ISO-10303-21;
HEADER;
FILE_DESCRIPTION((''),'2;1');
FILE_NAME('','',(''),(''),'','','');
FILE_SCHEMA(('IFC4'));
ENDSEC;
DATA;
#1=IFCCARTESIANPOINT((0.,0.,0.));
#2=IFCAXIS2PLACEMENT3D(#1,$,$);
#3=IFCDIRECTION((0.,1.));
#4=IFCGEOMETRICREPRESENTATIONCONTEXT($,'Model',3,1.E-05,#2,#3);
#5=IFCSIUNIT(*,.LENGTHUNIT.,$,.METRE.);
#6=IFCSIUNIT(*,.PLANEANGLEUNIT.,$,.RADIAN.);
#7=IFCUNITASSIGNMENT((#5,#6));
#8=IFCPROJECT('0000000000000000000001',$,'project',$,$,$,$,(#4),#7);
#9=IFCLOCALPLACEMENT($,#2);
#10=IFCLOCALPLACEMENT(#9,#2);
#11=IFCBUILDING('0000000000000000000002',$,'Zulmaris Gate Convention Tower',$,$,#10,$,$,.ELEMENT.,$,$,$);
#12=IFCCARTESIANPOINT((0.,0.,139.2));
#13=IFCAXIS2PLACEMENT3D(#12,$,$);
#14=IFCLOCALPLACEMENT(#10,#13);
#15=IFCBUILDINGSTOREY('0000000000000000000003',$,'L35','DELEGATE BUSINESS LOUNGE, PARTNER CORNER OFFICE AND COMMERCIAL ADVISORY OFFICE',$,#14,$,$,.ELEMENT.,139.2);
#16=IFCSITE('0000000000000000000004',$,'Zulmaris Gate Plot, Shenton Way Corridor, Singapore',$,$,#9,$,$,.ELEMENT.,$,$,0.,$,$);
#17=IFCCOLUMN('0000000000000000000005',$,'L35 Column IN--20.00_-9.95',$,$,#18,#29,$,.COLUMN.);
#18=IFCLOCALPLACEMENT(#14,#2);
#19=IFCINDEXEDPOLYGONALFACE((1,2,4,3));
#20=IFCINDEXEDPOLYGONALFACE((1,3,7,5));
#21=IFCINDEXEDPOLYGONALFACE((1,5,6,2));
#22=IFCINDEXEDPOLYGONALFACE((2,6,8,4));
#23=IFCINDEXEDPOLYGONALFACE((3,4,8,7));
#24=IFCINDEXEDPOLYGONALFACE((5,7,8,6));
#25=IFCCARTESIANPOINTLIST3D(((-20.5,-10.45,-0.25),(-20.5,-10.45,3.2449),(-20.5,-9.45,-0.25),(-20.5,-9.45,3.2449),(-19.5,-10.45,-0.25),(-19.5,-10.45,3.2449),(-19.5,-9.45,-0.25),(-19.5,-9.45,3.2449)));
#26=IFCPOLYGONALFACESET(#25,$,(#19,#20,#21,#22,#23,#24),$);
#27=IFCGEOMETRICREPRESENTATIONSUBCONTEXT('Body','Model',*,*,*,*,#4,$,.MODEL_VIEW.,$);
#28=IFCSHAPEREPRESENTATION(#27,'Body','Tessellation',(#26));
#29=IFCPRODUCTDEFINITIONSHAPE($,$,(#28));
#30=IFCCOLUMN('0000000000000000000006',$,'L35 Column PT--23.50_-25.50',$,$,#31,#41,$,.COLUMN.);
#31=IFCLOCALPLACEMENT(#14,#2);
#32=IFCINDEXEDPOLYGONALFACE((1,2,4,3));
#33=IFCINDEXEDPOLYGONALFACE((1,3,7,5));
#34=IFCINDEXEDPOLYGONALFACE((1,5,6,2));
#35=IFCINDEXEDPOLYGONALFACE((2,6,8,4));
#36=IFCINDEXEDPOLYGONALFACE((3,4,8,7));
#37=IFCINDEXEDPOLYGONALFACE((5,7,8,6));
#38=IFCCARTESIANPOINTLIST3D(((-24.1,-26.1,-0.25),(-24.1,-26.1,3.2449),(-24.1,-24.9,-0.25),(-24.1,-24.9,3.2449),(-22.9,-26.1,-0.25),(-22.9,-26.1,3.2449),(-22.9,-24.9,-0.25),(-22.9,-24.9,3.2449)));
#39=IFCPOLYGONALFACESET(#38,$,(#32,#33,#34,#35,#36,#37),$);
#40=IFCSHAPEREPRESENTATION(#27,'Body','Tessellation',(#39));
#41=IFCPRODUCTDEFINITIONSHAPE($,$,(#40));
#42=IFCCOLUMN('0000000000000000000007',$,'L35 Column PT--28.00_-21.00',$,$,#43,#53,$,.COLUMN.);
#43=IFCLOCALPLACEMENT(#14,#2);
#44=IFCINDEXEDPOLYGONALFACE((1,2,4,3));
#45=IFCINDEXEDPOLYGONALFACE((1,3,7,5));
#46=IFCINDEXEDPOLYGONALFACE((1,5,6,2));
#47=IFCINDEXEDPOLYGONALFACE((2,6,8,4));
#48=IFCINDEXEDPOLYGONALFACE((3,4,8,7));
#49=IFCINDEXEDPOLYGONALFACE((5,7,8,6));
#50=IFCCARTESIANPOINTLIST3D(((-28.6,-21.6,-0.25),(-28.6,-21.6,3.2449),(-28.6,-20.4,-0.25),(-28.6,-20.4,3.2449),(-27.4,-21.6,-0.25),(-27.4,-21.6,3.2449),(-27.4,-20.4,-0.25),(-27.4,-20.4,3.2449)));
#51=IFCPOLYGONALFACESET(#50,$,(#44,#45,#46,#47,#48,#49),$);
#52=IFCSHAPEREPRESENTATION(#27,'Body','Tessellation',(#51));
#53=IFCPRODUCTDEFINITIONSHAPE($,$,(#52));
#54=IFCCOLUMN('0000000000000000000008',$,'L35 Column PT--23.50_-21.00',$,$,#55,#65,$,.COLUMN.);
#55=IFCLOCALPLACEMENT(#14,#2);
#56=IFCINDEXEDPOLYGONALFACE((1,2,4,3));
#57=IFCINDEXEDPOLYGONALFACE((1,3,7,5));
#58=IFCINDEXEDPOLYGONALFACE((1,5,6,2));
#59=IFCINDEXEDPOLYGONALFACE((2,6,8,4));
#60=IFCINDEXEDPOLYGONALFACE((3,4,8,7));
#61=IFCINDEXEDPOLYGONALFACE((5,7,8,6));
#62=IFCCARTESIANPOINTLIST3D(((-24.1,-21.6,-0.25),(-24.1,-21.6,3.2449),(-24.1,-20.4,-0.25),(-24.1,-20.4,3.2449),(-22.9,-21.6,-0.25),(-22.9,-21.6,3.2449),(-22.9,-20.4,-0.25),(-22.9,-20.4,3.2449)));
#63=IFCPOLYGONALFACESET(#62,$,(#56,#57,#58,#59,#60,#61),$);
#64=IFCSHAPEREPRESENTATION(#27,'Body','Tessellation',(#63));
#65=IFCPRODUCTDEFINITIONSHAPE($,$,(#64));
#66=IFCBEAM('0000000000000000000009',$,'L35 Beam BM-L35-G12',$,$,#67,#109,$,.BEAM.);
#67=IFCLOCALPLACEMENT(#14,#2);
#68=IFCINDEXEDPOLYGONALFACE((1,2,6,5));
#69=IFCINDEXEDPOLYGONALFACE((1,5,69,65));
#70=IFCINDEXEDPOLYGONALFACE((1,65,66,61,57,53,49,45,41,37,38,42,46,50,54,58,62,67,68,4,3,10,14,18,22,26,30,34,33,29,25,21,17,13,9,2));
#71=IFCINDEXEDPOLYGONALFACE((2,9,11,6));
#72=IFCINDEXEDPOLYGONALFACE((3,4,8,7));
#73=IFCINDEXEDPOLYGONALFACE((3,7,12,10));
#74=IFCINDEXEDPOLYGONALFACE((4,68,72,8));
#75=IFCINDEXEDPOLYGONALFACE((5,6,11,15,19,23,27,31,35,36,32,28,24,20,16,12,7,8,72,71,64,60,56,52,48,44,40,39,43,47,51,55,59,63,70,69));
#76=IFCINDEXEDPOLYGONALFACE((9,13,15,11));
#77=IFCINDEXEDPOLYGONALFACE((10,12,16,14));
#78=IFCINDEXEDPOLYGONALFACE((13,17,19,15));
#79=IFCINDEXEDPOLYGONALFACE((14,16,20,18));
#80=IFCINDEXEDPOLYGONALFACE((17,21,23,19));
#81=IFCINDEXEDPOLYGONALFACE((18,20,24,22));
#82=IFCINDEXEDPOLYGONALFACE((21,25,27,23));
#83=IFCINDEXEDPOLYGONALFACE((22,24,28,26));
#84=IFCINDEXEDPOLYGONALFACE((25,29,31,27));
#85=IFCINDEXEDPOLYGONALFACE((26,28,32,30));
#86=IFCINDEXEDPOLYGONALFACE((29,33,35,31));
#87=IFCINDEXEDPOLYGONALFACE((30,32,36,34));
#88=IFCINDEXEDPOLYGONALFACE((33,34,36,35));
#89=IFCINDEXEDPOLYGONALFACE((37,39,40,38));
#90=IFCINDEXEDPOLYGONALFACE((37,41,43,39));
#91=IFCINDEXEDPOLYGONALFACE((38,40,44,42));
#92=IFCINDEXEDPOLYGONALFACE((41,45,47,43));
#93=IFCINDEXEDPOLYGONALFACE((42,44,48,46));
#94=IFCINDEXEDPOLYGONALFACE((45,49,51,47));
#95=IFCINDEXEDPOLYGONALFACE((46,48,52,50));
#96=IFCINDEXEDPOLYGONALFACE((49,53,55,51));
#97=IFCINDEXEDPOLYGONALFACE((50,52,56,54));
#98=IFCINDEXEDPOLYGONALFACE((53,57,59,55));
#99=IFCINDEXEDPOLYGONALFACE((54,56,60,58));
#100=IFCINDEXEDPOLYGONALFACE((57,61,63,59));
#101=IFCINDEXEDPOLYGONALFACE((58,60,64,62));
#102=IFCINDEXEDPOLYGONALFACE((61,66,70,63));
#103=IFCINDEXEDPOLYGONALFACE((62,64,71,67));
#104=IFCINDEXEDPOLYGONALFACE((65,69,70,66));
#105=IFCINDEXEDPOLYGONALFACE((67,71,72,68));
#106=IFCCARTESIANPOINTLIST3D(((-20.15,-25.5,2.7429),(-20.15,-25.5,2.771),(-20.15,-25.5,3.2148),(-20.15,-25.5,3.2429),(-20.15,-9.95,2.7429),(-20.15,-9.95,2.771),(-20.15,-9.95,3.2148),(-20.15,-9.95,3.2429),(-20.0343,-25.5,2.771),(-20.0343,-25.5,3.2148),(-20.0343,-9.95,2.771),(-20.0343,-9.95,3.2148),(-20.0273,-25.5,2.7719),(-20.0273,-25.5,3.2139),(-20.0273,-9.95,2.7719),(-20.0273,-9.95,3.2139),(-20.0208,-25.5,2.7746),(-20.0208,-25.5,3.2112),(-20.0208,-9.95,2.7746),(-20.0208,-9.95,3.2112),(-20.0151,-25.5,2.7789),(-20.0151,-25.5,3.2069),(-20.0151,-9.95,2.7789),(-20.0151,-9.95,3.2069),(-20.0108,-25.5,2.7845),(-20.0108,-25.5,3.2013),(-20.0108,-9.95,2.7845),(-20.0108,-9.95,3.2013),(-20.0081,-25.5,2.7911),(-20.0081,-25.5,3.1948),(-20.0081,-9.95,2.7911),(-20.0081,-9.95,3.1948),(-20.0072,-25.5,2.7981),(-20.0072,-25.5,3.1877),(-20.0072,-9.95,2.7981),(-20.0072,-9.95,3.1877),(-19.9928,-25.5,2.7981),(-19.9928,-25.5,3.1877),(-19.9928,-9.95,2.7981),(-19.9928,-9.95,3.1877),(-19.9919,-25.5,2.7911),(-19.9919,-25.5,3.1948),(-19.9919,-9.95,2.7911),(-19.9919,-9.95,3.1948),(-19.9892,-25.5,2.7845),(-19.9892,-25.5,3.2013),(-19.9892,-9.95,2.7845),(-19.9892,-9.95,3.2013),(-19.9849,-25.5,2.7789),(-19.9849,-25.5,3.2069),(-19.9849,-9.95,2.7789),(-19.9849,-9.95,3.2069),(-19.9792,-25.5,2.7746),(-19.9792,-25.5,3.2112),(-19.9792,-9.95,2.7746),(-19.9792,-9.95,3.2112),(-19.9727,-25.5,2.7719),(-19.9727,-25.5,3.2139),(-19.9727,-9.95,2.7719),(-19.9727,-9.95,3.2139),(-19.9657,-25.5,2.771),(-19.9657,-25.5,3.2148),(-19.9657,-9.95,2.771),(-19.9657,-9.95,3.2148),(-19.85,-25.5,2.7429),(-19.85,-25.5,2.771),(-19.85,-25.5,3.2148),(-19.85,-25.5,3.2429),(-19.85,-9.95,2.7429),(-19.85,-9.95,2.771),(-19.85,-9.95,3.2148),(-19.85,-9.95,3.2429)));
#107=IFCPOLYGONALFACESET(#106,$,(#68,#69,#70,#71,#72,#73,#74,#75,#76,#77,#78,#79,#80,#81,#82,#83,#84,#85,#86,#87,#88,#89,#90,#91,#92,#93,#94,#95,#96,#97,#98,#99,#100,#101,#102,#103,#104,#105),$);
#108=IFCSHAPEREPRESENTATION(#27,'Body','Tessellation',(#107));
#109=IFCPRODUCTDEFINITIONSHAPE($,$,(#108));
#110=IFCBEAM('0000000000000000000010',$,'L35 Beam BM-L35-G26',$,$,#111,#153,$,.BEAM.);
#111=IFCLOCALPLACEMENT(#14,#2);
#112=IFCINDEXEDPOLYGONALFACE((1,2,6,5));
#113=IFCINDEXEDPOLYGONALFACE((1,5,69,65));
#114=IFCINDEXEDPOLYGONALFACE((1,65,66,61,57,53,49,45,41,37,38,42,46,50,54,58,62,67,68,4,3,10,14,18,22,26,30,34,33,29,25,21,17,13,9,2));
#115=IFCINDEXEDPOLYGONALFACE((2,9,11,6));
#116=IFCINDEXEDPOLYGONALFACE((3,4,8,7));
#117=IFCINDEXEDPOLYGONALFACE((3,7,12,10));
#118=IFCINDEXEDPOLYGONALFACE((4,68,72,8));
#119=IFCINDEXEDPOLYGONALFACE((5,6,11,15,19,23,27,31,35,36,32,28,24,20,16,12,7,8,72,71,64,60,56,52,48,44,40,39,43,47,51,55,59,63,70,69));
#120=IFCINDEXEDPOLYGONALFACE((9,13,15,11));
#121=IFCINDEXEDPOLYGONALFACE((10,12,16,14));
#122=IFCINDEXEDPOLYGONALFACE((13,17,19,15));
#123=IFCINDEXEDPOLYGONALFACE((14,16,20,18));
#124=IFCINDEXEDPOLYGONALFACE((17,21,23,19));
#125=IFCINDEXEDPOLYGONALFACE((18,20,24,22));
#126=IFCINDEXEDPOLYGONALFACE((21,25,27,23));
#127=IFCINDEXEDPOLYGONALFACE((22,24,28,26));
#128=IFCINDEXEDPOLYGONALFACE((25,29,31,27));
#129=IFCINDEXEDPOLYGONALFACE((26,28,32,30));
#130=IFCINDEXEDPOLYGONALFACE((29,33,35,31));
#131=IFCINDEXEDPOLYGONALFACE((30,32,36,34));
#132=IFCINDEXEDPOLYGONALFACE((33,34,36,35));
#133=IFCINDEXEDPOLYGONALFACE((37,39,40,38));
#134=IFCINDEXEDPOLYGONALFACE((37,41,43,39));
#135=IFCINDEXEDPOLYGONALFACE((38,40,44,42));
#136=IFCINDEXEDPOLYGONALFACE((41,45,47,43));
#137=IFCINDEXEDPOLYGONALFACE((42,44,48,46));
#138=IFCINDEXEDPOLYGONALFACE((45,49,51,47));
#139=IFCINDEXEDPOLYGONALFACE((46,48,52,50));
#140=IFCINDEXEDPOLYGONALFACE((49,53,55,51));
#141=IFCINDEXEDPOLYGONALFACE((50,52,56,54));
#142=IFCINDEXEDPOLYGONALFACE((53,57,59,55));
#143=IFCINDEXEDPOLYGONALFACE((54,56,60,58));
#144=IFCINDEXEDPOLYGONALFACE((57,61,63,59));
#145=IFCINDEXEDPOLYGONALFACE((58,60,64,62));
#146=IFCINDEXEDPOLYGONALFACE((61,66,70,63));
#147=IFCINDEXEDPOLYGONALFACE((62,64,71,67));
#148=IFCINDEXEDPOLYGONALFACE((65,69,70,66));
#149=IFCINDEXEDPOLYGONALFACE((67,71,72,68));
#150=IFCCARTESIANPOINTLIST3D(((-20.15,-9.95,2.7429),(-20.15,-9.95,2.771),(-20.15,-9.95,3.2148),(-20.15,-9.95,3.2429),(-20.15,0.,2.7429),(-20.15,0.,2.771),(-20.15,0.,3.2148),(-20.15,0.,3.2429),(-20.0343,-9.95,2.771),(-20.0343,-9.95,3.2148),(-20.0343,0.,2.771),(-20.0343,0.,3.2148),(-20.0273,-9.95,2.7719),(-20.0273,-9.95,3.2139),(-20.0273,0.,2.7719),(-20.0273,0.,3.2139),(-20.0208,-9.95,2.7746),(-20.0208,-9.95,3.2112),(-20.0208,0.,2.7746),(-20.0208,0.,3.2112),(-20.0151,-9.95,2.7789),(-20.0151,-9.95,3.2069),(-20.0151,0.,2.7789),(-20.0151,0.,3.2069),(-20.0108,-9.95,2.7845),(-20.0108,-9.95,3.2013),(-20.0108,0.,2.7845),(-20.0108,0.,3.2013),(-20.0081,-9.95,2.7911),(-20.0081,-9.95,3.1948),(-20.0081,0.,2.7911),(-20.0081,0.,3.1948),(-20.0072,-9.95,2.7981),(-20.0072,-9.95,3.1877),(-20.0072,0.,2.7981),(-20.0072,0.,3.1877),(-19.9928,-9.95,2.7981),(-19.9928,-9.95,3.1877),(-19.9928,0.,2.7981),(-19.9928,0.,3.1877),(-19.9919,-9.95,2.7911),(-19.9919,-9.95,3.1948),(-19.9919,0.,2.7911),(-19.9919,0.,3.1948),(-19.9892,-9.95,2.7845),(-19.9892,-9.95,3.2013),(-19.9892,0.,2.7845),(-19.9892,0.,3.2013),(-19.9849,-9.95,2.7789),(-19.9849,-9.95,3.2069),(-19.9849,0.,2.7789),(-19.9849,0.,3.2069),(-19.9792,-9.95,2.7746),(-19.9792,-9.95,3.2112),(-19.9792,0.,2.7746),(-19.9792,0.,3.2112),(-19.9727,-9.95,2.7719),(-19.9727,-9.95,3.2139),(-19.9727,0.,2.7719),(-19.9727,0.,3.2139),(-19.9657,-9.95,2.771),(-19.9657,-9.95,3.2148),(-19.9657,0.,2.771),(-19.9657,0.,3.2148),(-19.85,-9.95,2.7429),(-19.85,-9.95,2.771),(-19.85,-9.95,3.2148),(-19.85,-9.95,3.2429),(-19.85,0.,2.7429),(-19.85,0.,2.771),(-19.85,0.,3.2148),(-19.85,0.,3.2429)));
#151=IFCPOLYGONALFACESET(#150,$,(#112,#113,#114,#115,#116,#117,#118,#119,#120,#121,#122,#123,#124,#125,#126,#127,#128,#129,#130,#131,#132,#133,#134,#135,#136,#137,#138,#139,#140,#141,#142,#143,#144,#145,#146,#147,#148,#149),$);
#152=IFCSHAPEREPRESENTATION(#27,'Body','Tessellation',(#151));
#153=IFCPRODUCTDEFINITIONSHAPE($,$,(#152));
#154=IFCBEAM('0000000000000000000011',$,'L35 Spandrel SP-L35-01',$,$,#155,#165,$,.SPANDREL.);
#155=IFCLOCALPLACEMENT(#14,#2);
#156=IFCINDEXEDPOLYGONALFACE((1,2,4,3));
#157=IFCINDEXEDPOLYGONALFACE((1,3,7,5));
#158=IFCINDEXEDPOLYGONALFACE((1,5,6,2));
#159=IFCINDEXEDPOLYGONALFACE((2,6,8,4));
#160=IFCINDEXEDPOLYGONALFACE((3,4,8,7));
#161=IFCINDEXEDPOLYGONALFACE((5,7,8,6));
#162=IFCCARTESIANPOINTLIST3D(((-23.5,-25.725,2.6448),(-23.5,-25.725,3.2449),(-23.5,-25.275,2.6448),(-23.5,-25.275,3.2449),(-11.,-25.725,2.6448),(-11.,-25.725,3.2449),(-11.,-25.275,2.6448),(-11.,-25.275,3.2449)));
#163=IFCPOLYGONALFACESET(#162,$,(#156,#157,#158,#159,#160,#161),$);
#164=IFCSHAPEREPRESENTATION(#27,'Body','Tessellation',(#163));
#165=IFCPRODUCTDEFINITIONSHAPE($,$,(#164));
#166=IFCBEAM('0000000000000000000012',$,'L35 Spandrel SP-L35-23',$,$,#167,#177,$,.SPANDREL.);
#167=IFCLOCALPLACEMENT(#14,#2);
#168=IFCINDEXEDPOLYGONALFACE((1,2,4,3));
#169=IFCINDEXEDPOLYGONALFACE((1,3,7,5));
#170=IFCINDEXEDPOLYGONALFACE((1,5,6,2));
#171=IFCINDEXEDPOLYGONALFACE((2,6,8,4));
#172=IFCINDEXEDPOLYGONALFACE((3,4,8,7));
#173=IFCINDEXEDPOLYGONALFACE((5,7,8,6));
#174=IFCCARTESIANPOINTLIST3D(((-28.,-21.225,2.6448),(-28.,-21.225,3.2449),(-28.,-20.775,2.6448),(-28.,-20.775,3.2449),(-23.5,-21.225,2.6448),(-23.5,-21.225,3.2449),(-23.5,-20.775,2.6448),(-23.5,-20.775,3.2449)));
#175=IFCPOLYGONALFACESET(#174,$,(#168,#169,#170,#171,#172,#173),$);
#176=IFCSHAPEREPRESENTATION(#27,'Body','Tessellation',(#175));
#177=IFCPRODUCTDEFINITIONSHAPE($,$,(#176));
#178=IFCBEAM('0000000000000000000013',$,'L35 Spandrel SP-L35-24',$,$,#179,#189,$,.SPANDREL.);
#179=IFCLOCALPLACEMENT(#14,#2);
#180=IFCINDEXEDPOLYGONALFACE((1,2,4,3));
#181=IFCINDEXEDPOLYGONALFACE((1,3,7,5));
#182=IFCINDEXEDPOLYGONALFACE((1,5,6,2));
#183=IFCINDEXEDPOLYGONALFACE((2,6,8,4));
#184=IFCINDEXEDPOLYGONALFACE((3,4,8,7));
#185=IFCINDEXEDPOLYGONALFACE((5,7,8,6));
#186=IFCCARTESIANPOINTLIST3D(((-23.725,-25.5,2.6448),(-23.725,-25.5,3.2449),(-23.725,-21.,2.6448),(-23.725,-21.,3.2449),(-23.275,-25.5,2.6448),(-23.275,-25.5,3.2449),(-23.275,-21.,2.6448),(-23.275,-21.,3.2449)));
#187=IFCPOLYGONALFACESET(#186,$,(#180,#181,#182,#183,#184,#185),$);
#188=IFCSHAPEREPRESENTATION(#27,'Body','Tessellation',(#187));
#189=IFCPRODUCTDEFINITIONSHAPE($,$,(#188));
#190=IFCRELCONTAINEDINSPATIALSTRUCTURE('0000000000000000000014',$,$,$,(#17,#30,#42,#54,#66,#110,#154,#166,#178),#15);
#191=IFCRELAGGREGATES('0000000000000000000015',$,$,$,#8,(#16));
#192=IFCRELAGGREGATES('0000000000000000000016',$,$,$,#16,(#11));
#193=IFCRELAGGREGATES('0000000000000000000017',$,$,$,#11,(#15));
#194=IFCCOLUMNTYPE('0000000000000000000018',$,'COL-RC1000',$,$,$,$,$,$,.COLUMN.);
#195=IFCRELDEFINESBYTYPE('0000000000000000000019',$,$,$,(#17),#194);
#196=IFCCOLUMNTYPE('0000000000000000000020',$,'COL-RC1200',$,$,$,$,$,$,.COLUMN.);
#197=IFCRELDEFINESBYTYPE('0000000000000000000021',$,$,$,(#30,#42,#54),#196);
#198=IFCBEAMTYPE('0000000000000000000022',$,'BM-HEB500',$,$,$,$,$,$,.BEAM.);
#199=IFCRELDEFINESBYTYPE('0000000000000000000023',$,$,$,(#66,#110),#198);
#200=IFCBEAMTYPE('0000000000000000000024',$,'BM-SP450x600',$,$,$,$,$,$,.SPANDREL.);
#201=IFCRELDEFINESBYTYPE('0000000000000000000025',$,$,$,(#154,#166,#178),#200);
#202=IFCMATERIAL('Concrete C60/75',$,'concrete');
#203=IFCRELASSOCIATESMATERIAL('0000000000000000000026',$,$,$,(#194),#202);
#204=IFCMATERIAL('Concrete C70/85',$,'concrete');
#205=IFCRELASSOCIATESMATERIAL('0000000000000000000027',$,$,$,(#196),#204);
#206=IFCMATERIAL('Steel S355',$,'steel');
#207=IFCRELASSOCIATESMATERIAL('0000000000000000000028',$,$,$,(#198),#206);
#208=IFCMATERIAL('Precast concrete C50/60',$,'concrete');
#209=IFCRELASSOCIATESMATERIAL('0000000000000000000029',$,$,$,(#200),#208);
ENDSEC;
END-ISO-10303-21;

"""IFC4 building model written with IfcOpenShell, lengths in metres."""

from ifc_helpers import new_model, si_unit, direction, frame, origin, origin_2d, place, context, subcontext, project, spatial, rectangle, i_section, extrude, material, material_profile, profile_set, type_object, element, save


model = new_model("IFC4")

# Units and contexts
model_context = context("Model", 3, precision=1e-05, world=origin(), true_north=direction((0.0, 1.0)))
body_context = subcontext(model_context, "Body", "Model", "MODEL_VIEW")
ifc_project = project(units=[si_unit("LENGTHUNIT", "METRE"), si_unit("PLANEANGLEUNIT", "RADIAN")], contexts=[model_context])

# Site, building, storey
site_placement = place(None, origin())
site = spatial("IfcSite", under=ifc_project, at=site_placement, Name="Zulmaris Gate Plot, Shenton Way Corridor, Singapore", CompositionType="ELEMENT", RefElevation=0.0)
building_placement = place(site_placement, origin())
building = spatial("IfcBuilding", under=site, at=building_placement, Name="Zulmaris Gate Convention Tower", CompositionType="ELEMENT")
storey_placement = place(building_placement, frame((0.0, 0.0, 139.2)))
storey = spatial("IfcBuildingStorey", under=building, at=storey_placement, Name="L35", Description="DELEGATE BUSINESS LOUNGE, PARTNER CORNER OFFICE AND COMMERCIAL ADVISORY OFFICE", CompositionType="ELEMENT", Elevation=139.2)

# Columns
ifc_material_1 = material(Name="Concrete C60/75", Category="concrete")
ifc_material_profile_1 = material_profile(ifc_material_1, rectangle(XDim=1.0, YDim=1.0, at=origin_2d()), Name="RC COL 1000x1000")
ifc_profile_set_1 = profile_set([ifc_material_profile_1], Name="Concrete C60/75")
column_type_1 = type_object("IfcColumnType", Name="COL-RC1000", PredefinedType="COLUMN", material=ifc_profile_set_1)
column_placement = place(storey_placement, frame((-20.0, -9.95, -0.25), z_axis=(0.0, 0.0, 1.0), x_axis=(1.0, 0.0, 0.0)))
element("IfcColumn", 1, at=column_placement, inside=storey, type_object=column_type_1, Name="L35 Column IN--20.00_-9.95", PredefinedType="COLUMN", context=body_context, shape_type="SweptSolid", body=[
    extrude(rectangle(XDim=1.0, YDim=1.0, at=origin_2d()), origin(), (0.0, 0.0, 1.0), 3.4949),
])
ifc_material_2 = material(Name="Concrete C70/85", Category="concrete")
ifc_material_profile_2 = material_profile(ifc_material_2, rectangle(XDim=1.2, YDim=1.2, at=origin_2d()), Name="RC COL 1200x1200")
ifc_profile_set_2 = profile_set([ifc_material_profile_2], Name="Concrete C70/85")
column_type_2 = type_object("IfcColumnType", Name="COL-RC1200", PredefinedType="COLUMN", material=ifc_profile_set_2)
for number, where, z_axis, x_axis, name in (
    (2, (-23.5, -25.5, -0.25), (0.0, 0.0, 1.0), (1.0, 0.0, 0.0), "L35 Column PT--23.50_-25.50"),
    (3, (-28.0, -21.0, -0.25), (0.0, 0.0, 1.0), (1.0, 0.0, 0.0), "L35 Column PT--28.00_-21.00"),
    (4, (-23.5, -21.0, -0.25), (0.0, 0.0, 1.0), (1.0, 0.0, 0.0), "L35 Column PT--23.50_-21.00"),
):
    element("IfcColumn", number, at=place(storey_placement, frame(where, z_axis=z_axis, x_axis=x_axis)), inside=storey, type_object=column_type_2, Name=name, PredefinedType="COLUMN", context=body_context, shape_type="SweptSolid", body=[
        extrude(rectangle(XDim=1.2, YDim=1.2, at=origin_2d()), origin(), (0.0, 0.0, 1.0), 3.4949),
    ])

# Beams
ifc_material_3 = material(Name="Steel S355", Category="steel")
ifc_material_profile_3 = material_profile(ifc_material_3, i_section(OverallWidth=0.3, OverallDepth=0.5, WebThickness=0.0144, FlangeThickness=0.0281, FilletRadius=0.0271, at=origin_2d()), Name="HEB 500")
ifc_profile_set_3 = profile_set([ifc_material_profile_3], Name="Steel S355")
beam_type_1 = type_object("IfcBeamType", Name="BM-HEB500", PredefinedType="BEAM", material=ifc_profile_set_3)
beam_1_placement = place(storey_placement, frame((-20.0, -25.5, 2.9929), z_axis=(0.0, 1.0, 0.0), x_axis=(-1.0, 0.0, 0.0)))
element("IfcBeam", 5, at=beam_1_placement, inside=storey, type_object=beam_type_1, Name="L35 Beam BM-L35-G12", PredefinedType="BEAM", context=body_context, shape_type="SweptSolid", body=[
    extrude(i_section(OverallWidth=0.3, OverallDepth=0.5, WebThickness=0.0144, FlangeThickness=0.0281, FilletRadius=0.0271, at=origin_2d()), origin(), (0.0, 0.0, 1.0), 15.55),
])
beam_2_placement = place(storey_placement, frame((-20.0, -9.95, 2.9929), z_axis=(0.0, 1.0, 0.0), x_axis=(-1.0, 0.0, 0.0)))
element("IfcBeam", 6, at=beam_2_placement, inside=storey, type_object=beam_type_1, Name="L35 Beam BM-L35-G26", PredefinedType="BEAM", context=body_context, shape_type="SweptSolid", body=[
    extrude(i_section(OverallWidth=0.3, OverallDepth=0.5, WebThickness=0.0144, FlangeThickness=0.0281, FilletRadius=0.0271, at=origin_2d()), origin(), (0.0, 0.0, 1.0), 9.95),
])
ifc_material_4 = material(Name="Precast concrete C50/60", Category="concrete")
ifc_material_profile_4 = material_profile(ifc_material_4, rectangle(XDim=0.45, YDim=0.6001, at=origin_2d()), Name="RC SPANDREL 450x600")
ifc_profile_set_4 = profile_set([ifc_material_profile_4], Name="Precast concrete C50/60")
beam_type_2 = type_object("IfcBeamType", Name="BM-SP450x600", PredefinedType="SPANDREL", material=ifc_profile_set_4)
beam_3_placement = place(storey_placement, frame((-23.5, -25.5, 2.9448), z_axis=(1.0, 0.0, 0.0), x_axis=(0.0, 1.0, 0.0)))
element("IfcBeam", 7, at=beam_3_placement, inside=storey, type_object=beam_type_2, Name="L35 Spandrel SP-L35-01", PredefinedType="SPANDREL", context=body_context, shape_type="SweptSolid", body=[
    extrude(rectangle(XDim=0.45, YDim=0.6001, at=origin_2d()), origin(), (0.0, 0.0, 1.0), 12.5),
])
for number, where, z_axis, x_axis, name in (
    (8, (-28.0, -21.0, 2.9448), (1.0, 0.0, 0.0), (0.0, 1.0, 0.0), "L35 Spandrel SP-L35-23"),
    (9, (-23.5, -21.0, 2.9448), (0.0, -1.0, 0.0), (1.0, 0.0, 0.0), "L35 Spandrel SP-L35-24"),
):
    element("IfcBeam", number, at=place(storey_placement, frame(where, z_axis=z_axis, x_axis=x_axis)), inside=storey, type_object=beam_type_2, Name=name, PredefinedType="SPANDREL", context=body_context, shape_type="SweptSolid", body=[
        extrude(rectangle(XDim=0.45, YDim=0.6001, at=origin_2d()), origin(), (0.0, 0.0, 1.0), 4.5),
    ])

save(model, "model.ifc")
